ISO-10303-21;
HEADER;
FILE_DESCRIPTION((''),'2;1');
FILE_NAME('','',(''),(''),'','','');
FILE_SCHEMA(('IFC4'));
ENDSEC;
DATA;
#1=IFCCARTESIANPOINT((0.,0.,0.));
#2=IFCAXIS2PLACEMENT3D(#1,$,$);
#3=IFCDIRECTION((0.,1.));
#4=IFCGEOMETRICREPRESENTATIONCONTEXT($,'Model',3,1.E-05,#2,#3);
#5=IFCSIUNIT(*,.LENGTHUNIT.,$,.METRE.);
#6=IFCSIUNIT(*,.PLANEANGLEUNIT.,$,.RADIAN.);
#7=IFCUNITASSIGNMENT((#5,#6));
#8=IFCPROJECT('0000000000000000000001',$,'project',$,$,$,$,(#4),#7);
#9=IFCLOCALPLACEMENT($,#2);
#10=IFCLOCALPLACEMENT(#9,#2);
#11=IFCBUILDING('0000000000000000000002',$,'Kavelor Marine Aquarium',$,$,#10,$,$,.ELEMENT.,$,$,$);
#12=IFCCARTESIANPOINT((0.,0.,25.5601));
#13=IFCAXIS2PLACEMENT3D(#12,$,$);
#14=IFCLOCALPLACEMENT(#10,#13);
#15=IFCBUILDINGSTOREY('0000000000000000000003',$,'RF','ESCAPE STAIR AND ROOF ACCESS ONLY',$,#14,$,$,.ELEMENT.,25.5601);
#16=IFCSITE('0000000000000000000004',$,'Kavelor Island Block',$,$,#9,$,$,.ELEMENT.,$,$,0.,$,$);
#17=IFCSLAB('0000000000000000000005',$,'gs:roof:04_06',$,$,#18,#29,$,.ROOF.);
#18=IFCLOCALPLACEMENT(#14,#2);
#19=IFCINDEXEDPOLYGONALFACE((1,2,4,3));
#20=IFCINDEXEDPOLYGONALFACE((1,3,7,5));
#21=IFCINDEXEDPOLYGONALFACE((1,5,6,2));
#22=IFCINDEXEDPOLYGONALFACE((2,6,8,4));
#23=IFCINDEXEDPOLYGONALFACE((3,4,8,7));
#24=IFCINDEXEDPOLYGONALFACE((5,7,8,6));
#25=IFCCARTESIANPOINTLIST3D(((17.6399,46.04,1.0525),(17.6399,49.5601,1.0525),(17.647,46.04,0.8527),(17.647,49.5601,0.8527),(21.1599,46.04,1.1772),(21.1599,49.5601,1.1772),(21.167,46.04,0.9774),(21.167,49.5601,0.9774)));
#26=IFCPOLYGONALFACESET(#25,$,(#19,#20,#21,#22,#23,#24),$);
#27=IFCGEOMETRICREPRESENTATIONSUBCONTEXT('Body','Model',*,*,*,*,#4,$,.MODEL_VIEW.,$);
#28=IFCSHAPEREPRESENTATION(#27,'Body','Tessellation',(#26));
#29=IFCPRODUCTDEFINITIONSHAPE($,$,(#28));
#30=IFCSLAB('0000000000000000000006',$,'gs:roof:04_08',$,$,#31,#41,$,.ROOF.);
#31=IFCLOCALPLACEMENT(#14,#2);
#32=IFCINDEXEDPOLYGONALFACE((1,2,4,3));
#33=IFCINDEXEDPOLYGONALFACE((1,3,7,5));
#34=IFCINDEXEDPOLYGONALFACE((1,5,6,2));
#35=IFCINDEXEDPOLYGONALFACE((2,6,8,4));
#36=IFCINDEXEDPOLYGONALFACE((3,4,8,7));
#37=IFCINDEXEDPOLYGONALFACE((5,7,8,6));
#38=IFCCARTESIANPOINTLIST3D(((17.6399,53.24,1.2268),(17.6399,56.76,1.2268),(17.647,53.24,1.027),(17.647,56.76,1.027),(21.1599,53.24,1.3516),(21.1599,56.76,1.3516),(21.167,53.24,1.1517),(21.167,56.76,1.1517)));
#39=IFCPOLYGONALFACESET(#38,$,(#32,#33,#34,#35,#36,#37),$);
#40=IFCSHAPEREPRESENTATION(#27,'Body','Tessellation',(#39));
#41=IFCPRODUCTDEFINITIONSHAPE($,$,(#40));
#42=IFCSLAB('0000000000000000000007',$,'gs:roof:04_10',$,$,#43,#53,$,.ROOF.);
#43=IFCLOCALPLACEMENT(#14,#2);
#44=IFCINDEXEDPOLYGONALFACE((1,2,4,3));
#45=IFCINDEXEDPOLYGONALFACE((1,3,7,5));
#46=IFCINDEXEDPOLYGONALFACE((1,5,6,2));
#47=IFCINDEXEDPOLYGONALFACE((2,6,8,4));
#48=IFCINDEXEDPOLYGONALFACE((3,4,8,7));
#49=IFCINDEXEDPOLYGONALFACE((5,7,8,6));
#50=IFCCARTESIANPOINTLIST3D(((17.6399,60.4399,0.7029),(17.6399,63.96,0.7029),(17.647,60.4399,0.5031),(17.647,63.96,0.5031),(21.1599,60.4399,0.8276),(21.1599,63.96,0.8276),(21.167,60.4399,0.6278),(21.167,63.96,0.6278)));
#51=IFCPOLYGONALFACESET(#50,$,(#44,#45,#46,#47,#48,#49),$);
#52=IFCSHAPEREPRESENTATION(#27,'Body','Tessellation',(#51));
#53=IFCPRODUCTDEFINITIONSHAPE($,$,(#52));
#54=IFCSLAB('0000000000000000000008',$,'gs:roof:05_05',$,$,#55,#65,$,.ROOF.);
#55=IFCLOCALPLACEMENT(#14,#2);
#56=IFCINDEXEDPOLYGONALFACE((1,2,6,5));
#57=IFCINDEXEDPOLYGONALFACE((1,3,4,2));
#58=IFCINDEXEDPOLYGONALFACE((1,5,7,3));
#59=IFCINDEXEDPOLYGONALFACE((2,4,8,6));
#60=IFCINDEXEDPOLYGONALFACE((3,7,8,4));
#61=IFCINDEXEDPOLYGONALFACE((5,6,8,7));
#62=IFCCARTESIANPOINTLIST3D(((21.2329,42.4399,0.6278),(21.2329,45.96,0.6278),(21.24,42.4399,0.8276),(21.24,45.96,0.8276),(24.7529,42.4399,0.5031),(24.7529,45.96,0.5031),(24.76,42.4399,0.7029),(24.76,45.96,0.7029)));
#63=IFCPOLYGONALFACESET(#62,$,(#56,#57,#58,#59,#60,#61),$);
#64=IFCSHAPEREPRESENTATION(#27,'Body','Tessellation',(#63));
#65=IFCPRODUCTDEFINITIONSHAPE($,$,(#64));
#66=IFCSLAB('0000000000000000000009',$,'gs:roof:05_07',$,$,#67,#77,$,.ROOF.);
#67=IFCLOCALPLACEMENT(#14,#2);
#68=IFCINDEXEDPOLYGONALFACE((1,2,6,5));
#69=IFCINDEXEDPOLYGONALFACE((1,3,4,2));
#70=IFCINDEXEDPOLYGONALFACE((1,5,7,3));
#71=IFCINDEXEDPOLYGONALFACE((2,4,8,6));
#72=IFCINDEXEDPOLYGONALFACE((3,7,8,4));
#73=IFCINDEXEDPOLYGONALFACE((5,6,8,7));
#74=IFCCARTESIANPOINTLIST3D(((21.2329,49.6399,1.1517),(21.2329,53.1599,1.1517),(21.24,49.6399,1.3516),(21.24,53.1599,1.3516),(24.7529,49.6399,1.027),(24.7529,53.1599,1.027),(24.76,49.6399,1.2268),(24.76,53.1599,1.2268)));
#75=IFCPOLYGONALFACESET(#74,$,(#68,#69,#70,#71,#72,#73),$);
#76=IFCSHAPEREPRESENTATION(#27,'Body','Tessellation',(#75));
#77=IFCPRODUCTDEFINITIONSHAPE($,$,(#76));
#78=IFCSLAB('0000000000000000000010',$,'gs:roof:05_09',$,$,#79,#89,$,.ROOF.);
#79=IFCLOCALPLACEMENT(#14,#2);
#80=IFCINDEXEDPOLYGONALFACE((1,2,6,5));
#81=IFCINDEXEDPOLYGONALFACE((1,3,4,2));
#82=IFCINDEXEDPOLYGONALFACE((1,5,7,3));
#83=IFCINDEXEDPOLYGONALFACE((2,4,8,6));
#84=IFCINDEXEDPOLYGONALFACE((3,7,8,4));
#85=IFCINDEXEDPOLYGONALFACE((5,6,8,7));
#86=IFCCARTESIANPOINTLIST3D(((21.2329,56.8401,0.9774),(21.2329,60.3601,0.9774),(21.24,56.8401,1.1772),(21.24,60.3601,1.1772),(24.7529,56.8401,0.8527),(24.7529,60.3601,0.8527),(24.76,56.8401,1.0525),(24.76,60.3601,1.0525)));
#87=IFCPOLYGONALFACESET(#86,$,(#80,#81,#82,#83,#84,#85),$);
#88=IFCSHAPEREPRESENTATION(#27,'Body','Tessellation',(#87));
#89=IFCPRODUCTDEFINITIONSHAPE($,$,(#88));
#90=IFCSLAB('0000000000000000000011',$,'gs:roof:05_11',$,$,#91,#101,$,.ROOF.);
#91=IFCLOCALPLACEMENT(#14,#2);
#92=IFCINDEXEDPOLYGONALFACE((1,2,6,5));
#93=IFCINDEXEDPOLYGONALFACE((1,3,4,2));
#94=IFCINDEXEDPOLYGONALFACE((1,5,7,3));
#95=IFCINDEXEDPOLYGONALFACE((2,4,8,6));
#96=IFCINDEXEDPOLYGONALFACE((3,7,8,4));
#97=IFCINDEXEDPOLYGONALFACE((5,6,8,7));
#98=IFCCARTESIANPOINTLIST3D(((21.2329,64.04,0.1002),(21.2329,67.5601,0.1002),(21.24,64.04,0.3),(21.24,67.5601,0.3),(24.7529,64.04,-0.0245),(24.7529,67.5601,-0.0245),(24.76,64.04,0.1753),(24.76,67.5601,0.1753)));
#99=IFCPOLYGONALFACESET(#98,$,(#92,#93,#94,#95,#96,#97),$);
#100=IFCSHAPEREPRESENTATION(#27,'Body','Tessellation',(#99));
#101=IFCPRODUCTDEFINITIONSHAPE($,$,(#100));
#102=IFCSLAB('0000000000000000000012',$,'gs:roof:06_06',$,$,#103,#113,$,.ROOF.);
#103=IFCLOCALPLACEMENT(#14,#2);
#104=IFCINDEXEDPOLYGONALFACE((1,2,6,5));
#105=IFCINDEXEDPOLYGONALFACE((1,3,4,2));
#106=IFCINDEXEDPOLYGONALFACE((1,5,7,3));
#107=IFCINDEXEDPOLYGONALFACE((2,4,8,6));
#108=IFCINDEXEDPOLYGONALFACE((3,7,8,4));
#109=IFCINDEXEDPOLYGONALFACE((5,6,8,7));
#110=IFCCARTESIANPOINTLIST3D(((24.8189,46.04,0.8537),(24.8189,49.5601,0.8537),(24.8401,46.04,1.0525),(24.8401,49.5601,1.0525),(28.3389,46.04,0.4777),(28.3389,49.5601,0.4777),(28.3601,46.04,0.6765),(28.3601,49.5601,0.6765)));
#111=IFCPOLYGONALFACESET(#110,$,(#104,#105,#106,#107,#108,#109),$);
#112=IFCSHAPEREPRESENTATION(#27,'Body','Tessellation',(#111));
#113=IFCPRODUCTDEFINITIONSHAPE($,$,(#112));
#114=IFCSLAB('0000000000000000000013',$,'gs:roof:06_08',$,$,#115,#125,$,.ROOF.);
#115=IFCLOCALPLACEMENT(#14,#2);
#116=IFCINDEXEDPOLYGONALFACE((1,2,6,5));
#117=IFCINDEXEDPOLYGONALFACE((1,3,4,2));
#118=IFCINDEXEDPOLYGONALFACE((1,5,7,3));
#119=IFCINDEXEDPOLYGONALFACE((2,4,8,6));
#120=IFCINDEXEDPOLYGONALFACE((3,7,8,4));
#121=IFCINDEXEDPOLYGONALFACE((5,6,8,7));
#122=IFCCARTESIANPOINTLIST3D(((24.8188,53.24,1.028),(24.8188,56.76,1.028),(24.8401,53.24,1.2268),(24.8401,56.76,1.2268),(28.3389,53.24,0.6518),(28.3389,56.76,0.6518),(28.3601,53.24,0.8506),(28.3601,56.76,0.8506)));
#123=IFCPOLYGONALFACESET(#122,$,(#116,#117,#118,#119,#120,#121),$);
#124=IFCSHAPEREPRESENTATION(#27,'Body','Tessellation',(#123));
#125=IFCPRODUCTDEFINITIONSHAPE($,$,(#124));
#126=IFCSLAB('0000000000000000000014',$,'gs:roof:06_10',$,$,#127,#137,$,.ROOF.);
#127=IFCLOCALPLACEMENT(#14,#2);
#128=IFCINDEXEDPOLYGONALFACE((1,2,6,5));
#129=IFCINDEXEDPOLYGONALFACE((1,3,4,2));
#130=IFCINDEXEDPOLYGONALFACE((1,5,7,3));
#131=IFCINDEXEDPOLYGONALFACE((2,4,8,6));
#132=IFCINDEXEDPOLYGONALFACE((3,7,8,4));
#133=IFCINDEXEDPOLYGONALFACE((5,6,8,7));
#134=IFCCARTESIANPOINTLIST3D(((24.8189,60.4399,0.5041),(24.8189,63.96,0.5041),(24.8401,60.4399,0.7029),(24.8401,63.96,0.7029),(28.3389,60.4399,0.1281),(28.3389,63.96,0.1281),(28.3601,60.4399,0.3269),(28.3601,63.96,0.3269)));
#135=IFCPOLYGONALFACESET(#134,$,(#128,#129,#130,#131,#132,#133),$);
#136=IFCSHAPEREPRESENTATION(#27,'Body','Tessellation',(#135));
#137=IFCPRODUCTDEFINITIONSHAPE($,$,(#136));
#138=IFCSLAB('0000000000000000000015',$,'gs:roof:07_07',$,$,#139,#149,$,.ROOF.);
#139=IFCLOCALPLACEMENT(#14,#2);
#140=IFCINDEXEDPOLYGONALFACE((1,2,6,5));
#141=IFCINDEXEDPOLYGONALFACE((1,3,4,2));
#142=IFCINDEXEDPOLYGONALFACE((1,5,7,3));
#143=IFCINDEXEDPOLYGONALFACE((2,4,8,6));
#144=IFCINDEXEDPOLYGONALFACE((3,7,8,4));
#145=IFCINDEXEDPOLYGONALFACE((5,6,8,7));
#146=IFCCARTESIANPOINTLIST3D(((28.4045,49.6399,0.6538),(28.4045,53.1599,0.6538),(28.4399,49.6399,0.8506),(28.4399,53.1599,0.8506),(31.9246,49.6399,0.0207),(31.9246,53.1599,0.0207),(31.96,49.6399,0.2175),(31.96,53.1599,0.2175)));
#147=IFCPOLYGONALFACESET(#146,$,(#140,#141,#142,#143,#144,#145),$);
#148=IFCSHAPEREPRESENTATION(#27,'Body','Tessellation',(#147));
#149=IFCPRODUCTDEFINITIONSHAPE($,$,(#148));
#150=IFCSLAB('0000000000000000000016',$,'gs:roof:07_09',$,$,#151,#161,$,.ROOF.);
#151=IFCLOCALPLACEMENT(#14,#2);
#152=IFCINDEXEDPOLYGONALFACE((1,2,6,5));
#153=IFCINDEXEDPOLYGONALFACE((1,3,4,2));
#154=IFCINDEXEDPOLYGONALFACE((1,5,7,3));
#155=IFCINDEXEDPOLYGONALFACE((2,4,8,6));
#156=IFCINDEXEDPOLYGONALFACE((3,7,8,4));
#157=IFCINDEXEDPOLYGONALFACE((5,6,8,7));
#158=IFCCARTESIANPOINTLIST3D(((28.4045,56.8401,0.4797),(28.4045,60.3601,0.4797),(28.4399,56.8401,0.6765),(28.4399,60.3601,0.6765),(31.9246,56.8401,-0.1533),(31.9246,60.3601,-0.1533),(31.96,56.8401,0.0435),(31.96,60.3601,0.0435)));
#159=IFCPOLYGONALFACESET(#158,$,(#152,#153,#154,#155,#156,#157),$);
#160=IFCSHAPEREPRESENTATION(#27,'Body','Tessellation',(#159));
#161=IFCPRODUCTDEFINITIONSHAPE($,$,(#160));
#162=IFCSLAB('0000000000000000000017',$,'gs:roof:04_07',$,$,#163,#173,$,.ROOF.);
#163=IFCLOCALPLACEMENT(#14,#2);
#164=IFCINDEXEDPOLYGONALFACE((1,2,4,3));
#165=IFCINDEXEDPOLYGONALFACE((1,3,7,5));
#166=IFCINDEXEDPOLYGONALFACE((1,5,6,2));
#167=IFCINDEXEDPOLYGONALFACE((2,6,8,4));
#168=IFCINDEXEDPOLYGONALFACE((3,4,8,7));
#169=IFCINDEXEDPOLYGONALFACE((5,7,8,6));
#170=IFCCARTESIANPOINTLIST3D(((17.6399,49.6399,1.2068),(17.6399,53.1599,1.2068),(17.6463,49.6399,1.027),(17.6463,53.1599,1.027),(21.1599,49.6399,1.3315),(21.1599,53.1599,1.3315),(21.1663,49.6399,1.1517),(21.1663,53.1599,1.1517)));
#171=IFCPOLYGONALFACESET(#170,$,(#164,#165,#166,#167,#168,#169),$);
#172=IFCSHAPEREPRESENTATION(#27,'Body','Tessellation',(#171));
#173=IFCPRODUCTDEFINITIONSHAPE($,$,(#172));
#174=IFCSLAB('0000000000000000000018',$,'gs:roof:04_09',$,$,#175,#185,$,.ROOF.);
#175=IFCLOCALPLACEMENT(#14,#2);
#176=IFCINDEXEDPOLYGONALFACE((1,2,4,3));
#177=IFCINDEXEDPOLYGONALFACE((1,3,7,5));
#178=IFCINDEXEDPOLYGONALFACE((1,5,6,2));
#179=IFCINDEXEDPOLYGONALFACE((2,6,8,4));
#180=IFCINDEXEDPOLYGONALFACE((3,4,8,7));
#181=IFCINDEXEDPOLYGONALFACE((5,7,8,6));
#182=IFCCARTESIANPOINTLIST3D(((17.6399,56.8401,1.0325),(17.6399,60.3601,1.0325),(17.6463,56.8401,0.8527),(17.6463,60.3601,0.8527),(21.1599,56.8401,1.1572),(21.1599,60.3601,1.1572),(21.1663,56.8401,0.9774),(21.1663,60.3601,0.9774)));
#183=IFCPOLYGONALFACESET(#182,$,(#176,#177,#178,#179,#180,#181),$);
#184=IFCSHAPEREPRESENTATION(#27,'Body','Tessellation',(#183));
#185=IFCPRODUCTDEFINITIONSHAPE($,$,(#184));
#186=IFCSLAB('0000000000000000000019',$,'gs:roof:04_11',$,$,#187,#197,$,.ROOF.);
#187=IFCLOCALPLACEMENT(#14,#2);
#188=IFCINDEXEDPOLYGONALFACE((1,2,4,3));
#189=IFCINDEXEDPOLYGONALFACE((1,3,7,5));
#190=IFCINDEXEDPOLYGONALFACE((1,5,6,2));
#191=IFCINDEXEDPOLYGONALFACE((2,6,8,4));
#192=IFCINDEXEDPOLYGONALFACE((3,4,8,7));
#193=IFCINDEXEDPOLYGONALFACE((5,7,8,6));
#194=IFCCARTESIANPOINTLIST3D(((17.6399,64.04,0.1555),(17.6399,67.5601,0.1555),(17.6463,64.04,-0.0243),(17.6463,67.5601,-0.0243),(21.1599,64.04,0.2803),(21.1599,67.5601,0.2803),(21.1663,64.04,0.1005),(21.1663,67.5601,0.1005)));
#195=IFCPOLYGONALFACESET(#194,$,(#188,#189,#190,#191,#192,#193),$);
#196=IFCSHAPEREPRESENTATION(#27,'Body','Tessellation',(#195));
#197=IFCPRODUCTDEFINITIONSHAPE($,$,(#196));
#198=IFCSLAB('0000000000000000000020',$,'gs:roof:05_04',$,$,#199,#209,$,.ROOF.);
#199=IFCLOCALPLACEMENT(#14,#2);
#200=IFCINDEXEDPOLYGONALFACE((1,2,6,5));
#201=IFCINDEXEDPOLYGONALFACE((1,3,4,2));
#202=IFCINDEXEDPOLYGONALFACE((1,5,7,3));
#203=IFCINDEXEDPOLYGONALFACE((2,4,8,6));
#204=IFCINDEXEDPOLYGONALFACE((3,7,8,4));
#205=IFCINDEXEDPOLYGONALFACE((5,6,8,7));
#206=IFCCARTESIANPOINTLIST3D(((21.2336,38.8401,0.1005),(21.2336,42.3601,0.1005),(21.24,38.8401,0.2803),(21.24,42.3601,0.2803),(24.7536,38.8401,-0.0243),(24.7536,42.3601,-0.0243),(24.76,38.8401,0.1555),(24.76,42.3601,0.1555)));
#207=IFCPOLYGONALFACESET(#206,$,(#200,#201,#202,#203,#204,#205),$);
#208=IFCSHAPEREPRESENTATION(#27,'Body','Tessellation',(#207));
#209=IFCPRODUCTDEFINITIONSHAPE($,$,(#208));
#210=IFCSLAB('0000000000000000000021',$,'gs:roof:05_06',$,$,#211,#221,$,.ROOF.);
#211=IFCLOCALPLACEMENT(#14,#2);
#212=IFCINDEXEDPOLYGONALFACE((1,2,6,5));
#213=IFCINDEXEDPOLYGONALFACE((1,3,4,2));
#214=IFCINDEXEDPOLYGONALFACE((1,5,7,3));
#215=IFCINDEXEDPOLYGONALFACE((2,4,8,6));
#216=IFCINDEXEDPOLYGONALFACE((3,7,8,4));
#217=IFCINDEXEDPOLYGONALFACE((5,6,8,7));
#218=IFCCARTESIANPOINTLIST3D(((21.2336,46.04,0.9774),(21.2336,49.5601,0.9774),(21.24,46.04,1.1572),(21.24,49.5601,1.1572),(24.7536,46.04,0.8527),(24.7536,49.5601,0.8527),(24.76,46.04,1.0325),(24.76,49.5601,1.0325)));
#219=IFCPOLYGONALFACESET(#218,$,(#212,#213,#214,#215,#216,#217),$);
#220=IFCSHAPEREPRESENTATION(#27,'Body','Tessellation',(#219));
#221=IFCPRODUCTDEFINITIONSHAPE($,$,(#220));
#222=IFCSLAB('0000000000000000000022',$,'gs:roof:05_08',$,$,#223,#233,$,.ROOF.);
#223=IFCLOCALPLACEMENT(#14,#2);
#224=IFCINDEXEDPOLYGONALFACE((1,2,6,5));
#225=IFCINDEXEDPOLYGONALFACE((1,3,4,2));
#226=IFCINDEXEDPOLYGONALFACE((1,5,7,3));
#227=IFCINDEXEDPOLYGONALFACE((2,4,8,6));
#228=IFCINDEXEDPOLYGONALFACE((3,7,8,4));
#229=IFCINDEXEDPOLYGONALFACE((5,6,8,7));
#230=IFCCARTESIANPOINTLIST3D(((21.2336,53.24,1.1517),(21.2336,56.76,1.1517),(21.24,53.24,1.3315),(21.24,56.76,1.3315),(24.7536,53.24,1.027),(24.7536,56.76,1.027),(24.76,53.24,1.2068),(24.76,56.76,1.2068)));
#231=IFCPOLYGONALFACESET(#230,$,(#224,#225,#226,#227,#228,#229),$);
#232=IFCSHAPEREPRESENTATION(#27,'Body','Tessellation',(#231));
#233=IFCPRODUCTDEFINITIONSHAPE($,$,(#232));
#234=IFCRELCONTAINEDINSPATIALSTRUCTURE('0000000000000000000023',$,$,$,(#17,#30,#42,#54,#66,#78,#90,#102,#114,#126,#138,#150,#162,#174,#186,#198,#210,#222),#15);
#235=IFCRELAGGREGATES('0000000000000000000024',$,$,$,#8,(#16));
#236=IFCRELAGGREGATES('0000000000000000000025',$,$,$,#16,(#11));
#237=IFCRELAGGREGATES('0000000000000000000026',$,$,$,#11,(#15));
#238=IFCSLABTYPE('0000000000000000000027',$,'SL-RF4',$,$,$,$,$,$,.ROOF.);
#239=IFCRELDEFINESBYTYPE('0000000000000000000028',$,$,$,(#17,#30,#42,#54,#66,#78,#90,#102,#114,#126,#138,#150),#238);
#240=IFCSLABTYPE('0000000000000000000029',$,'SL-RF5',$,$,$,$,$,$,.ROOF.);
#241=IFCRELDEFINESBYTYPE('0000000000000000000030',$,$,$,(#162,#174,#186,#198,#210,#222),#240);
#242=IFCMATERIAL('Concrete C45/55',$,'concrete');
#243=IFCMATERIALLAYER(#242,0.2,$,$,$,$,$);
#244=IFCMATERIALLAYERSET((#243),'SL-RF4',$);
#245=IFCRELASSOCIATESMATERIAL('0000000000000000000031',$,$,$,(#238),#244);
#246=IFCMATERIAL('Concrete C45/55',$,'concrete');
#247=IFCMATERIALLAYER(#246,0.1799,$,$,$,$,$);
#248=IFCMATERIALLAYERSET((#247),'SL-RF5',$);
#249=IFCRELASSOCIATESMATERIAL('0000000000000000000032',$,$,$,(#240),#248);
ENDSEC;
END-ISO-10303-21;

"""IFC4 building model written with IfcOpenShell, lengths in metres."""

from ifc_helpers import new_model, si_unit, direction, frame, origin, place, context, subcontext, project, spatial, polyline, outline, extrude, material, layer, layer_set, type_object, element, save


model = new_model("IFC4")

# Units and contexts
model_context = context("Model", 3, precision=1e-05, world=origin(), true_north=direction((0.0, 1.0)))
body_context = subcontext(model_context, "Body", "Model", "MODEL_VIEW")
ifc_project = project(units=[si_unit("LENGTHUNIT", "METRE"), si_unit("PLANEANGLEUNIT", "RADIAN")], contexts=[model_context])

# Site, building, storey
site_placement = place(None, origin())
site = spatial("IfcSite", under=ifc_project, at=site_placement, Name="Kavelor Island Block", CompositionType="ELEMENT", RefElevation=0.0)
building_placement = place(site_placement, origin())
building = spatial("IfcBuilding", under=site, at=building_placement, Name="Kavelor Marine Aquarium", CompositionType="ELEMENT")
storey_placement = place(building_placement, frame((0.0, 0.0, 25.5601)))
storey = spatial("IfcBuildingStorey", under=building, at=storey_placement, Name="RF", Description="ESCAPE STAIR AND ROOF ACCESS ONLY", CompositionType="ELEMENT", Elevation=25.5601)

# Slabs
ifc_material_1 = material(Name="Concrete C45/55", Category="concrete")
ifc_layer_1 = layer(ifc_material_1, 0.2)
ifc_layer_set_1 = layer_set([ifc_layer_1], Name="SL-RF4")
slab_type_1 = type_object("IfcSlabType", Name="SL-RF4", PredefinedType="ROOF", material=ifc_layer_set_1)
for number, where, z_axis, x_axis, name in (
    (1, (17.6399, 46.04, 1.0525), (-0.03542, 0.0, 0.999373), (0.999373, 0.0, 0.03542), "gs:roof:04_06"),
    (2, (17.6399, 53.24, 1.2268), (-0.03542, 0.0, 0.999373), (0.999373, 0.0, 0.03542), "gs:roof:04_08"),
    (3, (17.6399, 60.4399, 0.7029), (-0.03542, 0.0, 0.999373), (0.999373, 0.0, 0.03542), "gs:roof:04_10"),
    (4, (21.24, 42.4399, 0.8276), (0.03542, 0.0, 0.999373), (0.999373, 0.0, -0.03542), "gs:roof:05_05"),
    (5, (21.24, 49.6399, 1.3516), (0.03542, 0.0, 0.999373), (0.999373, 0.0, -0.03542), "gs:roof:05_07"),
    (6, (21.24, 56.8401, 1.1772), (0.03542, 0.0, 0.999373), (0.999373, 0.0, -0.03542), "gs:roof:05_09"),
    (7, (21.24, 64.04, 0.3), (0.03542, 0.0, 0.999373), (0.999373, 0.0, -0.03542), "gs:roof:05_11"),
):
    element("IfcSlab", number, at=place(storey_placement, frame(where, z_axis=z_axis, x_axis=x_axis)), inside=storey, type_object=slab_type_1, Name=name, PredefinedType="ROOF", context=body_context, shape_type="SweptSolid", body=[
        extrude(outline(polyline([(0.0, 0.0), (3.5222, 0.0), (3.5222, 3.52), (0.0, 3.52), (0.0, 0.0)])), origin(), (0.0, 0.0, -1.0), 0.2),
    ])
slab_1_placement = place(storey_placement, frame((24.8401, 46.04, 1.0525), z_axis=(0.106207, 0.0, 0.994344), x_axis=(0.994344, 0.0, -0.106207)))
element("IfcSlab", 8, at=slab_1_placement, inside=storey, type_object=slab_type_1, Name="gs:roof:06_06", PredefinedType="ROOF", context=body_context, shape_type="SweptSolid", body=[
    extrude(outline(polyline([(0.0, 0.0), (3.54, 0.0), (3.54, 3.52), (0.0, 3.52), (0.0, 0.0)])), origin(), (0.0, 0.0, -1.0), 0.2),
])
slab_2_placement = place(storey_placement, frame((24.8401, 53.24, 1.2268), z_axis=(0.106275, 0.0, 0.994337), x_axis=(0.994337, 0.0, -0.106275)))
element("IfcSlab", 9, at=slab_2_placement, inside=storey, type_object=slab_type_1, Name="gs:roof:06_08", PredefinedType="ROOF", context=body_context, shape_type="SweptSolid", body=[
    extrude(outline(polyline([(0.0, 0.0), (3.5401, 0.0), (3.5401, 3.52), (0.0, 3.52), (0.0, 0.0)])), origin(), (0.0, 0.0, -1.0), 0.2),
])
slab_3_placement = place(storey_placement, frame((24.8401, 60.4399, 0.7029), z_axis=(0.106207, 0.0, 0.994344), x_axis=(0.994344, 0.0, -0.106207)))
element("IfcSlab", 10, at=slab_3_placement, inside=storey, type_object=slab_type_1, Name="gs:roof:06_10", PredefinedType="ROOF", context=body_context, shape_type="SweptSolid", body=[
    extrude(outline(polyline([(0.0, 0.0), (3.54, 0.0), (3.54, 3.52), (0.0, 3.52), (0.0, 0.0)])), origin(), (0.0, 0.0, -1.0), 0.2),
])
for number, where, z_axis, x_axis, name in (
    (11, (28.4399, 49.6399, 0.8506), (0.177005, 0.0, 0.98421), (0.98421, 0.0, -0.177005), "gs:roof:07_07"),
    (12, (28.4399, 56.8401, 0.6765), (0.177005, 0.0, 0.98421), (0.98421, 0.0, -0.177005), "gs:roof:07_09"),
):
    element("IfcSlab", number, at=place(storey_placement, frame(where, z_axis=z_axis, x_axis=x_axis)), inside=storey, type_object=slab_type_1, Name=name, PredefinedType="ROOF", context=body_context, shape_type="SweptSolid", body=[
        extrude(outline(polyline([(0.0, 0.0), (3.5765, 0.0), (3.5765, 3.52), (0.0, 3.52), (0.0, 0.0)])), origin(), (0.0, 0.0, -1.0), 0.2),
    ])
ifc_material_2 = material(Name="Concrete C45/55", Category="concrete")
ifc_layer_2 = layer(ifc_material_2, 0.1799)
ifc_layer_set_2 = layer_set([ifc_layer_2], Name="SL-RF5")
slab_type_2 = type_object("IfcSlabType", Name="SL-RF5", PredefinedType="ROOF", material=ifc_layer_set_2)
for number, where, z_axis, x_axis, name in (
    (13, (17.6399, 49.6399, 1.2068), (-0.03542, 0.0, 0.999373), (0.999373, 0.0, 0.03542), "gs:roof:04_07"),
    (14, (17.6399, 56.8401, 1.0325), (-0.03542, 0.0, 0.999373), (0.999373, 0.0, 0.03542), "gs:roof:04_09"),
    (15, (17.6399, 64.04, 0.1555), (-0.03542, 0.0, 0.999373), (0.999373, 0.0, 0.03542), "gs:roof:04_11"),
    (16, (21.24, 38.8401, 0.2803), (0.03542, 0.0, 0.999373), (0.999373, 0.0, -0.03542), "gs:roof:05_04"),
    (17, (21.24, 46.04, 1.1572), (0.03542, 0.0, 0.999373), (0.999373, 0.0, -0.03542), "gs:roof:05_06"),
    (18, (21.24, 53.24, 1.3315), (0.03542, 0.0, 0.999373), (0.999373, 0.0, -0.03542), "gs:roof:05_08"),
):
    element("IfcSlab", number, at=place(storey_placement, frame(where, z_axis=z_axis, x_axis=x_axis)), inside=storey, type_object=slab_type_2, Name=name, PredefinedType="ROOF", context=body_context, shape_type="SweptSolid", body=[
        extrude(outline(polyline([(0.0, 0.0), (3.5222, 0.0), (3.5222, 3.52), (0.0, 3.52), (0.0, 0.0)])), origin(), (0.0, 0.0, -1.0), 0.1799),
    ])

save(model, "model.ifc")
